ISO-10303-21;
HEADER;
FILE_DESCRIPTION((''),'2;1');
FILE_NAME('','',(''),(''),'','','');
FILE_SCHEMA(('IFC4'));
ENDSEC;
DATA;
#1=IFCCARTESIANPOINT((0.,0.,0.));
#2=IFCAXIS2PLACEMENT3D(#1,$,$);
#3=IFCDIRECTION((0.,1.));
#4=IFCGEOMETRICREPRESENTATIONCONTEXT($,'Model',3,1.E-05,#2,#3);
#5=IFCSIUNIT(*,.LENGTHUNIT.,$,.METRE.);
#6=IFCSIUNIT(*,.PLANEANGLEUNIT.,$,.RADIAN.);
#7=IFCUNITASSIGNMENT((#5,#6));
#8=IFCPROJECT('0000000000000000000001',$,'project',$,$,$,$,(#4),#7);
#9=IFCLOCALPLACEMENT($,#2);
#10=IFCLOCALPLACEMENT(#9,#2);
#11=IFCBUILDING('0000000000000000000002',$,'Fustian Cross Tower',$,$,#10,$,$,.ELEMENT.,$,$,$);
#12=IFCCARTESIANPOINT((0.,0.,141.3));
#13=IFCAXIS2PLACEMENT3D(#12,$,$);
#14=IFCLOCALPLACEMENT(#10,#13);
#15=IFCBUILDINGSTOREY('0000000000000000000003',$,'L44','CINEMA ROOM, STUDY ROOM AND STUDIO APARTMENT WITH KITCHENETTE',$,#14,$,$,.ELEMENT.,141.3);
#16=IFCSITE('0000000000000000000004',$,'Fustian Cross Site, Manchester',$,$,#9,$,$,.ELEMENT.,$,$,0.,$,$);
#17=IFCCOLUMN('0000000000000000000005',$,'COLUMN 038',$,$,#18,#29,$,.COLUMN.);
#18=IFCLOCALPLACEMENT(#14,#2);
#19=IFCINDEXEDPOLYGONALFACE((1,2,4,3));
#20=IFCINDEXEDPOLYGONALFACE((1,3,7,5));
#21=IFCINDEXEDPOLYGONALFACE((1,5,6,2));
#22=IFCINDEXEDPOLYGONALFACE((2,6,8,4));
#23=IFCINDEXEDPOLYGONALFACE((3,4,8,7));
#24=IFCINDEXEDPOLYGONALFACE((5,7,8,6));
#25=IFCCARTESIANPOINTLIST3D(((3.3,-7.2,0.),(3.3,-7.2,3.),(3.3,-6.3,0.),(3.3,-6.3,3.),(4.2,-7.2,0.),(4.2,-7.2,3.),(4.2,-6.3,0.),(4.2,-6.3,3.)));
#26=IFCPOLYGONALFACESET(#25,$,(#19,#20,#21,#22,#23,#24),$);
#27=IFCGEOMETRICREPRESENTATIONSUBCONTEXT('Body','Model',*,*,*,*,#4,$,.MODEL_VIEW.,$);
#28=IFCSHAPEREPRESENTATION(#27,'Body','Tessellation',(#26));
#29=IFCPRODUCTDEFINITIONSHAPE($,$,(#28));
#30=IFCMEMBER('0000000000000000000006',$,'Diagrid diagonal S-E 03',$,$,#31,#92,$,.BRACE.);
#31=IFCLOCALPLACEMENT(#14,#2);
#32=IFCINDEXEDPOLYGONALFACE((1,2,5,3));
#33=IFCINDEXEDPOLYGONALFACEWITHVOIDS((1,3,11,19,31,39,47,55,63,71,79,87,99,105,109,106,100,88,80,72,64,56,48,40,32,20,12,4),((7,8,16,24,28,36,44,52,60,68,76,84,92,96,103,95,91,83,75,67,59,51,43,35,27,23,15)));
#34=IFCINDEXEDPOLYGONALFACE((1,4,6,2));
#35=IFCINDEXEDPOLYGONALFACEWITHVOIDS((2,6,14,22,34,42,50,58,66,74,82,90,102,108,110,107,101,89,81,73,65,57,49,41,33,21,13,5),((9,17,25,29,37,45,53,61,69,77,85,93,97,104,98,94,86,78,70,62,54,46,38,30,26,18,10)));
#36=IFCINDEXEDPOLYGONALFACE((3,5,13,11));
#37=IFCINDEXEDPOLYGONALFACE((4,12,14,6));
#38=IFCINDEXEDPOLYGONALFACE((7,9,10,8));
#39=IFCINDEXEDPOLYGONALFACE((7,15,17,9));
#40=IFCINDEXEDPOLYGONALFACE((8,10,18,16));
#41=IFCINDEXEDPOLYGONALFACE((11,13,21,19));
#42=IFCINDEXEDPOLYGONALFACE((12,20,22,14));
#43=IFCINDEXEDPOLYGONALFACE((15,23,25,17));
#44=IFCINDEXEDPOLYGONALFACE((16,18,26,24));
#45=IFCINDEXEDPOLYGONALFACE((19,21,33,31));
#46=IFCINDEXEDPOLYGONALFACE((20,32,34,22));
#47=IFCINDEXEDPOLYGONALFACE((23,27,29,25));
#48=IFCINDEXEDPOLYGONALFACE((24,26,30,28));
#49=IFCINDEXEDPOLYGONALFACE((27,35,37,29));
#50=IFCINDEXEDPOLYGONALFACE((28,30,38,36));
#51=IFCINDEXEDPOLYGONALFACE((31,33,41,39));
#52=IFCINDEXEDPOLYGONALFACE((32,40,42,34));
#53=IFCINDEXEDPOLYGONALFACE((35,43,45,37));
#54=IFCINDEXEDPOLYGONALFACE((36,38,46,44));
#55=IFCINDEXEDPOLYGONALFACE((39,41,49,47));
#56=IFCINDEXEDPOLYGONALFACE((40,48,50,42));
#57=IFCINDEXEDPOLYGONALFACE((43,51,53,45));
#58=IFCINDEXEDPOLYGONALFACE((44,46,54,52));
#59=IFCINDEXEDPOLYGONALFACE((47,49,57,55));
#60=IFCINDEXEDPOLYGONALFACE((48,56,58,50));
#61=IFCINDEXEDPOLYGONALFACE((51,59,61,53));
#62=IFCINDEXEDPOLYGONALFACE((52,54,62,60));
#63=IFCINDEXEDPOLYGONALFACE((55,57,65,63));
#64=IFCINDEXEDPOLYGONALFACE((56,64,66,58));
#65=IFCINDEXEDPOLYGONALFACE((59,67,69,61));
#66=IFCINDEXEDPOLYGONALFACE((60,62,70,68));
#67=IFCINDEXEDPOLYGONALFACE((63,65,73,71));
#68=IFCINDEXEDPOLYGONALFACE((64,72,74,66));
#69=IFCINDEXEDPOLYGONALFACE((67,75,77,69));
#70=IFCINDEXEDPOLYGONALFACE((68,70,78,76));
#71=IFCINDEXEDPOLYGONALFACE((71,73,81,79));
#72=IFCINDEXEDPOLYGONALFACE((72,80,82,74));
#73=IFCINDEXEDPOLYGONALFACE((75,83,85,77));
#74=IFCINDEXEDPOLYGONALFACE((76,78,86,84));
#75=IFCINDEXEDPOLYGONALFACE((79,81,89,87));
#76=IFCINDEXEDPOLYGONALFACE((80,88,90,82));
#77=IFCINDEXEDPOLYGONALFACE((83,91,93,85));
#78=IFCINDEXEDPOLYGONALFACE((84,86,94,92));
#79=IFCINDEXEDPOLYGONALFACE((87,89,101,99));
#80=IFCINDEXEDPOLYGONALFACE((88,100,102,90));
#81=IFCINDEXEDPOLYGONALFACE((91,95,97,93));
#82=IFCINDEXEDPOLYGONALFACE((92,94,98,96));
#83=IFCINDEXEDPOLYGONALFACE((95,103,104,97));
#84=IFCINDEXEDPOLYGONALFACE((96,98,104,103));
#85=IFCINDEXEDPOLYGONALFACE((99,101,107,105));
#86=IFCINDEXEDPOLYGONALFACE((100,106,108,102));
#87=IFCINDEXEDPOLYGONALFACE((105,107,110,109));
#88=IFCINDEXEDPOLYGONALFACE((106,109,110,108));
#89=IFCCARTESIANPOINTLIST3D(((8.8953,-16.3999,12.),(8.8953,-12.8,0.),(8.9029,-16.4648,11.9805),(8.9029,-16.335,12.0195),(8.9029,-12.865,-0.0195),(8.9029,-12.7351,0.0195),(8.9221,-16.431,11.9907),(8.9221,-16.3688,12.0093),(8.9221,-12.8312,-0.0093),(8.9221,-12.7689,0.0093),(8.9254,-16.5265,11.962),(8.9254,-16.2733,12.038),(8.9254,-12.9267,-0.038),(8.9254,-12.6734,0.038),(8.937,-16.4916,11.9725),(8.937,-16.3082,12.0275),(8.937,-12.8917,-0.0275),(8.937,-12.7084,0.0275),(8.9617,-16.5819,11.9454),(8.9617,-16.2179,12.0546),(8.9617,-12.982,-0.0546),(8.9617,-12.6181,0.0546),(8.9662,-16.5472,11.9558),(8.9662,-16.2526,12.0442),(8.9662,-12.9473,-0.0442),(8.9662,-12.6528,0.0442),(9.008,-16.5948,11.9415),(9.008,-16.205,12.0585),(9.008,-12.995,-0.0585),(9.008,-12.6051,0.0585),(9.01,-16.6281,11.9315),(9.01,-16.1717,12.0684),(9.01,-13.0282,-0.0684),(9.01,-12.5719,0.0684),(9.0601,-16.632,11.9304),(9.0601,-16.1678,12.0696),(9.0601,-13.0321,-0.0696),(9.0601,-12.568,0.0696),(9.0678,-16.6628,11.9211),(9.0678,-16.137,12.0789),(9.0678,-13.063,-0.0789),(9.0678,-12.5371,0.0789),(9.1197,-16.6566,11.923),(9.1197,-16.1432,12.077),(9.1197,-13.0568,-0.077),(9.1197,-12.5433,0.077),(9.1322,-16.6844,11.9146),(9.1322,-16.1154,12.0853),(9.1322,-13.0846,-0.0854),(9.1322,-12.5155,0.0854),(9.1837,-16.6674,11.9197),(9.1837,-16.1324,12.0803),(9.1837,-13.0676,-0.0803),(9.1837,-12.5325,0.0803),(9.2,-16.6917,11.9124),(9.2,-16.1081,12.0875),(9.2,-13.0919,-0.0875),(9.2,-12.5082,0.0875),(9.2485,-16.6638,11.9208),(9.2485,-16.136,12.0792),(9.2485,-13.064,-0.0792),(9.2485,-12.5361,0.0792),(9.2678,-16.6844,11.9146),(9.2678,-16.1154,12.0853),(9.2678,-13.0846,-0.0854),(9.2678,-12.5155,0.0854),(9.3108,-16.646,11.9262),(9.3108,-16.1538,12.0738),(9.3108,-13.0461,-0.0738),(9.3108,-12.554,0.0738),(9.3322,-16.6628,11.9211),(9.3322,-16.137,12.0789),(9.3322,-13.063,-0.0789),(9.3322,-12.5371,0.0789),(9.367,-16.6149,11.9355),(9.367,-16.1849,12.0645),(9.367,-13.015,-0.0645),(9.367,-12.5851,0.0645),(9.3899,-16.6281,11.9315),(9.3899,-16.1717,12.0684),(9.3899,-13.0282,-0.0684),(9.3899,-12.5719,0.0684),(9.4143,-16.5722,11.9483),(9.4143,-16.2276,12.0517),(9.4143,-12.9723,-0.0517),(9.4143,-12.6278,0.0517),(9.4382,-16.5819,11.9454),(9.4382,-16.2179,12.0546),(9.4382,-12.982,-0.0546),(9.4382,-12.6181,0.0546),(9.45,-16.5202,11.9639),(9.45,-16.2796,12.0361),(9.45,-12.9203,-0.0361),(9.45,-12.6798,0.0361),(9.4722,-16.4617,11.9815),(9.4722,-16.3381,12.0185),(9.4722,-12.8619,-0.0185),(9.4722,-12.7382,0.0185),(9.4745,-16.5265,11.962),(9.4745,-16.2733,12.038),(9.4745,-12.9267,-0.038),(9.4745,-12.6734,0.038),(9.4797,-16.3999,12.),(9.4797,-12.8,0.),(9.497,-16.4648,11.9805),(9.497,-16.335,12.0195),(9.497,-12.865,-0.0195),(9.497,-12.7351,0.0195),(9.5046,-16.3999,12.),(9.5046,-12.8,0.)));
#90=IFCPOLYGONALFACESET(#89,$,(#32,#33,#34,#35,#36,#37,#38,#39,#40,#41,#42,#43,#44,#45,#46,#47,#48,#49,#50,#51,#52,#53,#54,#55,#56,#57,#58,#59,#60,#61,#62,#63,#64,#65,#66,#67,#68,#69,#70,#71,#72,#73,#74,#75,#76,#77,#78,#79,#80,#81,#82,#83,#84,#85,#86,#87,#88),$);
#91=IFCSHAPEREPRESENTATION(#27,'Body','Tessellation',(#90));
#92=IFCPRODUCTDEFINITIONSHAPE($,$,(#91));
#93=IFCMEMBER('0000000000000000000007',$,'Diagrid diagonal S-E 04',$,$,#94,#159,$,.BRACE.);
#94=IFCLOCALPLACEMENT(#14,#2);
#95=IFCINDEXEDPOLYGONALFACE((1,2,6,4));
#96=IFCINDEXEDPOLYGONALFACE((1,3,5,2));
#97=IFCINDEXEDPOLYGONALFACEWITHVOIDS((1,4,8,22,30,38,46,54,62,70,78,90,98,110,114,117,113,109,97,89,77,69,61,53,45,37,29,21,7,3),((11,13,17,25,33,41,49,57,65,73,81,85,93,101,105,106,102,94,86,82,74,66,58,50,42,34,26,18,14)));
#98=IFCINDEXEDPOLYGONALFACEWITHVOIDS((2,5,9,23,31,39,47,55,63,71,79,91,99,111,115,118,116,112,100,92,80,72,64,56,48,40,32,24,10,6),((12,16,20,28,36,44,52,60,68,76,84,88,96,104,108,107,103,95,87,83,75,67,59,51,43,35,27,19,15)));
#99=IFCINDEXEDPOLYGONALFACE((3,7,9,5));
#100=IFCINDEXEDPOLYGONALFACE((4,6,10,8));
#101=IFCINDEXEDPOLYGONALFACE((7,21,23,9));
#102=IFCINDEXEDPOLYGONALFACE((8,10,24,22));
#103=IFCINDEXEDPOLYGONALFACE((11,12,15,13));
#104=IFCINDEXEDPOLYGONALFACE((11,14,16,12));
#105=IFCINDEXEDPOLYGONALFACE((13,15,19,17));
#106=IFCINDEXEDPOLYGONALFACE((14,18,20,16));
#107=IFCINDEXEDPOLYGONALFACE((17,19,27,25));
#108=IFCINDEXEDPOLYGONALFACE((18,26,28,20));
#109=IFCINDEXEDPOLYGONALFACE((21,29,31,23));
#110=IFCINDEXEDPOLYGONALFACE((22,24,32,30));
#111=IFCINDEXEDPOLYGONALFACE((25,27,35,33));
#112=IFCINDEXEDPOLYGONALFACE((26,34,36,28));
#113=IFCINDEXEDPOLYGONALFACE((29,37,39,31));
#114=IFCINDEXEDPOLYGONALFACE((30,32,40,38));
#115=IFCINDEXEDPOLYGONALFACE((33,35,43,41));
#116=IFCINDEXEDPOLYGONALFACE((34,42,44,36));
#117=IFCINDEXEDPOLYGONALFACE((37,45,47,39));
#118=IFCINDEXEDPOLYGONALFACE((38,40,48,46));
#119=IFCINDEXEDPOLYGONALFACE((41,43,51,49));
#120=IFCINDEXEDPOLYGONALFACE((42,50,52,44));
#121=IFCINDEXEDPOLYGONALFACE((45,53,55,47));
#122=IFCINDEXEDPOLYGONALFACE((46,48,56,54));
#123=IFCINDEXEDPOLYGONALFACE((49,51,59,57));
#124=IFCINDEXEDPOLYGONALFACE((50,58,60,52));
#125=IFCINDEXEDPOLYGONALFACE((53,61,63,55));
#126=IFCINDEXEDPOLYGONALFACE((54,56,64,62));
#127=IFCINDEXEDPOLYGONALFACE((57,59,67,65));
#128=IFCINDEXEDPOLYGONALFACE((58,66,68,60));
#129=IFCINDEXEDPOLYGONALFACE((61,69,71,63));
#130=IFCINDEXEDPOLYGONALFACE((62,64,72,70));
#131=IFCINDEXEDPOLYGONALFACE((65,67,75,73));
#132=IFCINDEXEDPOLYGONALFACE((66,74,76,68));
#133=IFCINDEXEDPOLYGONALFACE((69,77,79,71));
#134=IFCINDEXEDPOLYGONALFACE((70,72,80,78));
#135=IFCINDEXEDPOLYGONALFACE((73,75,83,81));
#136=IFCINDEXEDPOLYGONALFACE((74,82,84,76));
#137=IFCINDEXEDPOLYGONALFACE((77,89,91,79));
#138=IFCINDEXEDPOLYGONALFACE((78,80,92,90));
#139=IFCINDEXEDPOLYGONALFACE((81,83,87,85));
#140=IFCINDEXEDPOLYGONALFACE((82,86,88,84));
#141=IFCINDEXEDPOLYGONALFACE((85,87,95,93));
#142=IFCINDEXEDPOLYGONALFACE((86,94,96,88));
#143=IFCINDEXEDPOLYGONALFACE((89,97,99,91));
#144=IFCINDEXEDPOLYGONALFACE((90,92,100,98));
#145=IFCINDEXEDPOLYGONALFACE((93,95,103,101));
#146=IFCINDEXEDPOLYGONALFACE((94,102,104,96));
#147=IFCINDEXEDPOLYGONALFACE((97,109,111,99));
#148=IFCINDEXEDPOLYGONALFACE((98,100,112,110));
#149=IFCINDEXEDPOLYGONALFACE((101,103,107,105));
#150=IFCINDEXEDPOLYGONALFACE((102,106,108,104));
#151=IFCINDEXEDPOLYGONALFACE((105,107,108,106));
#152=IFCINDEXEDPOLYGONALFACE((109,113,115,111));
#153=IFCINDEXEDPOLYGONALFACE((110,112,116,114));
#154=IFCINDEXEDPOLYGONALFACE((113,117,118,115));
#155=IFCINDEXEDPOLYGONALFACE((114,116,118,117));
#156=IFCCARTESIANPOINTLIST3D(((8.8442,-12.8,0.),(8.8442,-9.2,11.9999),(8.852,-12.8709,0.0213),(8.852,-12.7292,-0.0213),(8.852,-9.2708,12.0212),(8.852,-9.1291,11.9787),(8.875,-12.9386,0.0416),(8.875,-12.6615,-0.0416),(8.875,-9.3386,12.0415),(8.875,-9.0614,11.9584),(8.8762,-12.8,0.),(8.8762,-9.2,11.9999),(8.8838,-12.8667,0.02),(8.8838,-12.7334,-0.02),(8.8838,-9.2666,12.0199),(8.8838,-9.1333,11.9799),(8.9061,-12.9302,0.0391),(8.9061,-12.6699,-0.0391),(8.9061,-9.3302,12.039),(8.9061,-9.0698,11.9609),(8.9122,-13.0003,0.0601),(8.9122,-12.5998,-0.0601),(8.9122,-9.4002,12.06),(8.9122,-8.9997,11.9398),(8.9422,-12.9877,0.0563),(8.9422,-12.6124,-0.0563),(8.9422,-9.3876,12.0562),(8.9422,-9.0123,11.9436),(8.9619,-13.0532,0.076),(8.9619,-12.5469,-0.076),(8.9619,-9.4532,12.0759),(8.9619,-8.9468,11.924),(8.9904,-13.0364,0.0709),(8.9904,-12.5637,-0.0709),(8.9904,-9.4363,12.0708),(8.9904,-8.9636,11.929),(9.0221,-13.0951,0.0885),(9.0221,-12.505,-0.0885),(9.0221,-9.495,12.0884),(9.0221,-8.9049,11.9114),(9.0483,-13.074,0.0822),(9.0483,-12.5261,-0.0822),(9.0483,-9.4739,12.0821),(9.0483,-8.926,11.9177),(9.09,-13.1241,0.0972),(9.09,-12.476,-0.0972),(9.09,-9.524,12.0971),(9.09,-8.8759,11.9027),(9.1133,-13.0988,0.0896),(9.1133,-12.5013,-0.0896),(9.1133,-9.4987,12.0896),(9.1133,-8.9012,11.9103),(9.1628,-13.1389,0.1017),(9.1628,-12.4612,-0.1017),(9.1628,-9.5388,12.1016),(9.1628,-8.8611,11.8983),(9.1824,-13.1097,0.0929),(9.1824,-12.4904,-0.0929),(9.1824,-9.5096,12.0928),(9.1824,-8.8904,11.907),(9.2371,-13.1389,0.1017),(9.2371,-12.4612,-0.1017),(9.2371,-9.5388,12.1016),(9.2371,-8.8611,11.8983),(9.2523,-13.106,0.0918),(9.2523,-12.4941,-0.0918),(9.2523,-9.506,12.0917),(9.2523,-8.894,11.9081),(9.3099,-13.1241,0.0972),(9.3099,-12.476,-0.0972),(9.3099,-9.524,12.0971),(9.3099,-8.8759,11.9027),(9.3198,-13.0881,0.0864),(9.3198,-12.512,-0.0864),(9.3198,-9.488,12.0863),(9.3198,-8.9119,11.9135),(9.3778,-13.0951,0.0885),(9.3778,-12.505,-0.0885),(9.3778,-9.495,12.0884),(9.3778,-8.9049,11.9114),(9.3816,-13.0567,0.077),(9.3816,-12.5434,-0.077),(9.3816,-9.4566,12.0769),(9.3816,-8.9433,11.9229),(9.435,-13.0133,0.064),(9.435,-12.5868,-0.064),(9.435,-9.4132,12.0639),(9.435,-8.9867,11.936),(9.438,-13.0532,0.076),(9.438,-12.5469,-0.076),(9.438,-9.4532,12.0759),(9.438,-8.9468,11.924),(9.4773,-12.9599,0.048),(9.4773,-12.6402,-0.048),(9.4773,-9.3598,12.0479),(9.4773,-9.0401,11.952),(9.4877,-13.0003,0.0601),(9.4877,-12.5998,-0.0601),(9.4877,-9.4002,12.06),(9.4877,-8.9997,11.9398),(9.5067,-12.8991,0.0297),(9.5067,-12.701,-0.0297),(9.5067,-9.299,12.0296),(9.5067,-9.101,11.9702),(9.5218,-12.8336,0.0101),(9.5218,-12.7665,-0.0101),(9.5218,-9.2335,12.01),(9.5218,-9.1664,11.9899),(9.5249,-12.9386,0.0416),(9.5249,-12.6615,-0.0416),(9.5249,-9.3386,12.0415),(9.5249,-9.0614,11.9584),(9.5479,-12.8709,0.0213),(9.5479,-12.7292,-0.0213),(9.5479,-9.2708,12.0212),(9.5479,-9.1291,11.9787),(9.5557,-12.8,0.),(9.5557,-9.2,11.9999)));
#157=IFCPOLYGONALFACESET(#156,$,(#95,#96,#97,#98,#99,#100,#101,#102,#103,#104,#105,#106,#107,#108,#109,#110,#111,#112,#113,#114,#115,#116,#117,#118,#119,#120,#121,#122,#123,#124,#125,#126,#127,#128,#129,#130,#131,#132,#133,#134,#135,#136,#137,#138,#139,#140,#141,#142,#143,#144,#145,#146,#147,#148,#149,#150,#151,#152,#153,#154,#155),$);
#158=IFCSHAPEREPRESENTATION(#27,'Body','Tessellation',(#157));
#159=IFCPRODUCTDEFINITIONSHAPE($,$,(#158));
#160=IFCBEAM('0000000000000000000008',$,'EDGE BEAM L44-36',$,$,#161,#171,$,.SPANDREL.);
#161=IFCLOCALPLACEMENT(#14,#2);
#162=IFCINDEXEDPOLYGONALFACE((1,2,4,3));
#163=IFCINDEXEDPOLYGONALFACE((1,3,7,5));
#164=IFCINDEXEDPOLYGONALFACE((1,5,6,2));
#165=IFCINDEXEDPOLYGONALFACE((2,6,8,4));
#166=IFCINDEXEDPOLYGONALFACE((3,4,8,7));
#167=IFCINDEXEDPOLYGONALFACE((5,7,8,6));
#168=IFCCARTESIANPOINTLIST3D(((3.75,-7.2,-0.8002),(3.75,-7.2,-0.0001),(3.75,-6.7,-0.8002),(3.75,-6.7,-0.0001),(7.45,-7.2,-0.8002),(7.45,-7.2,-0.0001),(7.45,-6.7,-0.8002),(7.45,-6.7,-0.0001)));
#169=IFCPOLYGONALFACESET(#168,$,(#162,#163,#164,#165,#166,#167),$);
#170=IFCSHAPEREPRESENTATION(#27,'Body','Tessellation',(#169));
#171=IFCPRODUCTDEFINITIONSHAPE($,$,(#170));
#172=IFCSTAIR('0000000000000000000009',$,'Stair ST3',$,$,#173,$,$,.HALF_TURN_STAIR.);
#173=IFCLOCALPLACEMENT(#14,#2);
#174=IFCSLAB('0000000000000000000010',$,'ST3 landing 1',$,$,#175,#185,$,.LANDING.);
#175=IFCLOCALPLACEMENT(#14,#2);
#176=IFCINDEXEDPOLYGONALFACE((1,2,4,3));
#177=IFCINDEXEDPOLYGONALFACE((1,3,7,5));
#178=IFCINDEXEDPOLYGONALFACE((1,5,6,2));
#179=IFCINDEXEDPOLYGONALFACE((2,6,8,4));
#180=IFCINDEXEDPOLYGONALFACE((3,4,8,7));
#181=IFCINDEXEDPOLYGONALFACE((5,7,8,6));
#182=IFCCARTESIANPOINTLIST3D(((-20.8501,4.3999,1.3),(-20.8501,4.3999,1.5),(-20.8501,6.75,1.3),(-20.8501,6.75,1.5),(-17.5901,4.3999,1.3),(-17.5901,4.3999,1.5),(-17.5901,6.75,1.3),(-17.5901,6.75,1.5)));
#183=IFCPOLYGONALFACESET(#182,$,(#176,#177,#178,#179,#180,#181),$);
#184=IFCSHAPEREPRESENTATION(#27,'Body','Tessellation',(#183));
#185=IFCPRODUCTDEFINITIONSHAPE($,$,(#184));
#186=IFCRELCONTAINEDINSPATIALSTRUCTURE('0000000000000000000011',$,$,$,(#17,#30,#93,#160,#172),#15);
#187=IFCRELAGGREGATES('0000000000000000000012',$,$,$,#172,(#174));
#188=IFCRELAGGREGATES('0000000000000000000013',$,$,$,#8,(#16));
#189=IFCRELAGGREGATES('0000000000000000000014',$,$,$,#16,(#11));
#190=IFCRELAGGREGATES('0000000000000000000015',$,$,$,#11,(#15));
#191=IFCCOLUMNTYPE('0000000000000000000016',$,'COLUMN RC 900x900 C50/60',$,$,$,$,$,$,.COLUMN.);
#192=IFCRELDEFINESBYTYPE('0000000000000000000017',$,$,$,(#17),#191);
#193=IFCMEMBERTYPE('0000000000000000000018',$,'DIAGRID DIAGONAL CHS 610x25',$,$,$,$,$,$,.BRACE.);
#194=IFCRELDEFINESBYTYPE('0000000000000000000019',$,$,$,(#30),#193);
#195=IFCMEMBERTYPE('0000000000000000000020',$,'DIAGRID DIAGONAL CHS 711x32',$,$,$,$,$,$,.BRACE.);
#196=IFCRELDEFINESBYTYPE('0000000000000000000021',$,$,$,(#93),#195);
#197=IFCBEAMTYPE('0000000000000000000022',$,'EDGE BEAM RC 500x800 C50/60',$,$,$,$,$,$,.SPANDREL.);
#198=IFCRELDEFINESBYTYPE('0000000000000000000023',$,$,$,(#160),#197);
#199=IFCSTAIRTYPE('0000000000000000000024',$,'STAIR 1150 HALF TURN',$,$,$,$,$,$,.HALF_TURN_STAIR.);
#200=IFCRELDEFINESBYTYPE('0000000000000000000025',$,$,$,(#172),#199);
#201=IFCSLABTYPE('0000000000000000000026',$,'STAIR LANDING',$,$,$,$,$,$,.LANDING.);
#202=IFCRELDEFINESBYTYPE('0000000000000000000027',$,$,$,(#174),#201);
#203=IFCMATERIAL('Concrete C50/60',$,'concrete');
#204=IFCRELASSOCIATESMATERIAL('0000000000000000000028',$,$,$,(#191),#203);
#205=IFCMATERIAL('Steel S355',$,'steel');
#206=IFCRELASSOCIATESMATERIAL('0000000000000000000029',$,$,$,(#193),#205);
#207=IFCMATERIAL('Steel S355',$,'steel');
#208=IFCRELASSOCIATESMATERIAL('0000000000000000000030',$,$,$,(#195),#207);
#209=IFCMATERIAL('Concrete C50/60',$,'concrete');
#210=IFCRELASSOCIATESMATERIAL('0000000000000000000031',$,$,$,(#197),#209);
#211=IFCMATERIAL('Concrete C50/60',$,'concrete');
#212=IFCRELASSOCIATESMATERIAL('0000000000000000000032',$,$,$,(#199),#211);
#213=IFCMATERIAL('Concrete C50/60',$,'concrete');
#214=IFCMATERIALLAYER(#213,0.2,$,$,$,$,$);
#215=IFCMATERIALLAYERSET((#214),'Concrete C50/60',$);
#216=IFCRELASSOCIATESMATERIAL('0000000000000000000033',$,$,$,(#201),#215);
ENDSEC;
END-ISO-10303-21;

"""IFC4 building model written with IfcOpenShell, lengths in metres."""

from ifc_helpers import new_model, si_unit, direction, frame, origin, origin_2d, place, context, subcontext, project, spatial, polyline, rectangle, hollow_circle, outline, extrude, material, layer, layer_set, material_profile, profile_set, type_object, element, aggregate, save


model = new_model("IFC4")

# Units and contexts
model_context = context("Model", 3, precision=1e-05, world=origin(), true_north=direction((0.0, 1.0)))
body_context = subcontext(model_context, "Body", "Model", "MODEL_VIEW")
ifc_project = project(units=[si_unit("LENGTHUNIT", "METRE"), si_unit("PLANEANGLEUNIT", "RADIAN")], contexts=[model_context])

# Site, building, storey
site_placement = place(None, origin())
site = spatial("IfcSite", under=ifc_project, at=site_placement, Name="Fustian Cross Site, Manchester", CompositionType="ELEMENT", RefElevation=0.0)
building_placement = place(site_placement, origin())
building = spatial("IfcBuilding", under=site, at=building_placement, Name="Fustian Cross Tower", CompositionType="ELEMENT")
storey_placement = place(building_placement, frame((0.0, 0.0, 141.3)))
storey = spatial("IfcBuildingStorey", under=building, at=storey_placement, Name="L44", Description="CINEMA ROOM, STUDY ROOM AND STUDIO APARTMENT WITH KITCHENETTE", CompositionType="ELEMENT", Elevation=141.3)

# Column
ifc_material_1 = material(Name="Concrete C50/60", Category="concrete")
ifc_material_profile_1 = material_profile(ifc_material_1, rectangle(XDim=0.8999, YDim=0.8999, at=origin_2d()), Name="RC 900x900")
ifc_profile_set_1 = profile_set([ifc_material_profile_1], Name="Concrete C50/60")
column_type = type_object("IfcColumnType", Name="COLUMN RC 900x900 C50/60", PredefinedType="COLUMN", material=ifc_profile_set_1)
column_placement = place(storey_placement, frame((3.75, -6.75, 0.0), z_axis=(0.0, 0.0, 1.0), x_axis=(1.0, 0.0, 0.0)))
element("IfcColumn", 1, at=column_placement, inside=storey, type_object=column_type, Name="COLUMN 038", PredefinedType="COLUMN", context=body_context, shape_type="SweptSolid", body=[
    extrude(rectangle(XDim=0.8999, YDim=0.8999, at=origin_2d()), origin(), (0.0, 0.0, 1.0), 3.0),
])

# Members
ifc_material_2 = material(Name="Steel S355", Category="steel")
ifc_material_profile_2 = material_profile(ifc_material_2, hollow_circle(Radius=0.3047, WallThickness=0.0249, at=origin_2d()), Name="CHS 610x25")
ifc_profile_set_2 = profile_set([ifc_material_profile_2], Name="Steel S355")
member_type_1 = type_object("IfcMemberType", Name="DIAGRID DIAGONAL CHS 610x25", PredefinedType="BRACE", material=ifc_profile_set_2)
member_1_placement = place(storey_placement, frame((9.2, -12.8, 0.0), z_axis=(0.0, -0.287337, 0.95783), x_axis=(1.0, 0.0, 0.0)))
element("IfcMember", 2, at=member_1_placement, inside=storey, type_object=member_type_1, Name="Diagrid diagonal S-E 03", PredefinedType="BRACE", context=body_context, shape_type="SweptSolid", body=[
    extrude(hollow_circle(Radius=0.3047, WallThickness=0.0249, at=origin_2d()), origin(), (0.0, 0.0, 1.0), 12.5283),
])
ifc_material_3 = material(Name="Steel S355", Category="steel")
ifc_material_profile_3 = material_profile(ifc_material_3, hollow_circle(Radius=0.3557, WallThickness=0.032, at=origin_2d()), Name="CHS 711x32")
ifc_profile_set_3 = profile_set([ifc_material_profile_3], Name="Steel S355")
member_type_2 = type_object("IfcMemberType", Name="DIAGRID DIAGONAL CHS 711x32", PredefinedType="BRACE", material=ifc_profile_set_3)
member_2_placement = place(storey_placement, frame((9.2, -12.8, 0.0), z_axis=(0.0, 0.287355, 0.957824), x_axis=(-1.0, 0.0, 0.0)))
element("IfcMember", 3, at=member_2_placement, inside=storey, type_object=member_type_2, Name="Diagrid diagonal S-E 04", PredefinedType="BRACE", context=body_context, shape_type="SweptSolid", body=[
    extrude(hollow_circle(Radius=0.3557, WallThickness=0.032, at=origin_2d()), origin(), (0.0, 0.0, 1.0), 12.5283),
])

# Beam
ifc_material_4 = material(Name="Concrete C50/60", Category="concrete")
ifc_material_profile_4 = material_profile(ifc_material_4, rectangle(XDim=0.5, YDim=0.8, at=origin_2d()), Name="RC 500x800")
ifc_profile_set_4 = profile_set([ifc_material_profile_4], Name="Concrete C50/60")
beam_type = type_object("IfcBeamType", Name="EDGE BEAM RC 500x800 C50/60", PredefinedType="SPANDREL", material=ifc_profile_set_4)
beam_placement = place(storey_placement, frame((3.75, -6.95, -0.4001), z_axis=(1.0, 0.0, 0.0), x_axis=(0.0, 1.0, 0.0)))
element("IfcBeam", 4, at=beam_placement, inside=storey, type_object=beam_type, Name="EDGE BEAM L44-36", PredefinedType="SPANDREL", context=body_context, shape_type="SweptSolid", body=[
    extrude(rectangle(XDim=0.5, YDim=0.8, at=origin_2d()), origin(), (0.0, 0.0, 1.0), 3.7),
])

# Stair, slab
ifc_material_5 = material(Name="Concrete C50/60", Category="concrete")
stair_type_1 = type_object("IfcStairType", Name="STAIR 1150 HALF TURN", PredefinedType="HALF_TURN_STAIR", material=ifc_material_5)
stair_1_placement = place(storey_placement, origin())
stair_1 = element("IfcStair", 5, at=stair_1_placement, inside=storey, type_object=stair_type_1, Name="Stair ST3", PredefinedType="HALF_TURN_STAIR")
ifc_material_6 = material(Name="Concrete C50/60", Category="concrete")
ifc_layer_1 = layer(ifc_material_6, 0.2)
ifc_layer_set_1 = layer_set([ifc_layer_1], Name="Concrete C50/60")
slab_type = type_object("IfcSlabType", Name="STAIR LANDING", PredefinedType="LANDING", material=ifc_layer_set_1)
slab_1_placement = place(storey_placement, frame((0.0, 0.0, 1.3)))
slab_1 = element("IfcSlab", 6, at=slab_1_placement, type_object=slab_type, Name="ST3 landing 1", PredefinedType="LANDING", context=body_context, shape_type="SweptSolid", body=[
    extrude(outline(polyline([(-17.5901, 4.3999), (-20.8501, 4.3999), (-20.8501, 6.75), (-17.5901, 6.75), (-17.5901, 4.3999)])), origin(), (0.0, 0.0, 1.0), 0.2),
])
aggregate(stair_1, [slab_1])

save(model, "model.ifc")
